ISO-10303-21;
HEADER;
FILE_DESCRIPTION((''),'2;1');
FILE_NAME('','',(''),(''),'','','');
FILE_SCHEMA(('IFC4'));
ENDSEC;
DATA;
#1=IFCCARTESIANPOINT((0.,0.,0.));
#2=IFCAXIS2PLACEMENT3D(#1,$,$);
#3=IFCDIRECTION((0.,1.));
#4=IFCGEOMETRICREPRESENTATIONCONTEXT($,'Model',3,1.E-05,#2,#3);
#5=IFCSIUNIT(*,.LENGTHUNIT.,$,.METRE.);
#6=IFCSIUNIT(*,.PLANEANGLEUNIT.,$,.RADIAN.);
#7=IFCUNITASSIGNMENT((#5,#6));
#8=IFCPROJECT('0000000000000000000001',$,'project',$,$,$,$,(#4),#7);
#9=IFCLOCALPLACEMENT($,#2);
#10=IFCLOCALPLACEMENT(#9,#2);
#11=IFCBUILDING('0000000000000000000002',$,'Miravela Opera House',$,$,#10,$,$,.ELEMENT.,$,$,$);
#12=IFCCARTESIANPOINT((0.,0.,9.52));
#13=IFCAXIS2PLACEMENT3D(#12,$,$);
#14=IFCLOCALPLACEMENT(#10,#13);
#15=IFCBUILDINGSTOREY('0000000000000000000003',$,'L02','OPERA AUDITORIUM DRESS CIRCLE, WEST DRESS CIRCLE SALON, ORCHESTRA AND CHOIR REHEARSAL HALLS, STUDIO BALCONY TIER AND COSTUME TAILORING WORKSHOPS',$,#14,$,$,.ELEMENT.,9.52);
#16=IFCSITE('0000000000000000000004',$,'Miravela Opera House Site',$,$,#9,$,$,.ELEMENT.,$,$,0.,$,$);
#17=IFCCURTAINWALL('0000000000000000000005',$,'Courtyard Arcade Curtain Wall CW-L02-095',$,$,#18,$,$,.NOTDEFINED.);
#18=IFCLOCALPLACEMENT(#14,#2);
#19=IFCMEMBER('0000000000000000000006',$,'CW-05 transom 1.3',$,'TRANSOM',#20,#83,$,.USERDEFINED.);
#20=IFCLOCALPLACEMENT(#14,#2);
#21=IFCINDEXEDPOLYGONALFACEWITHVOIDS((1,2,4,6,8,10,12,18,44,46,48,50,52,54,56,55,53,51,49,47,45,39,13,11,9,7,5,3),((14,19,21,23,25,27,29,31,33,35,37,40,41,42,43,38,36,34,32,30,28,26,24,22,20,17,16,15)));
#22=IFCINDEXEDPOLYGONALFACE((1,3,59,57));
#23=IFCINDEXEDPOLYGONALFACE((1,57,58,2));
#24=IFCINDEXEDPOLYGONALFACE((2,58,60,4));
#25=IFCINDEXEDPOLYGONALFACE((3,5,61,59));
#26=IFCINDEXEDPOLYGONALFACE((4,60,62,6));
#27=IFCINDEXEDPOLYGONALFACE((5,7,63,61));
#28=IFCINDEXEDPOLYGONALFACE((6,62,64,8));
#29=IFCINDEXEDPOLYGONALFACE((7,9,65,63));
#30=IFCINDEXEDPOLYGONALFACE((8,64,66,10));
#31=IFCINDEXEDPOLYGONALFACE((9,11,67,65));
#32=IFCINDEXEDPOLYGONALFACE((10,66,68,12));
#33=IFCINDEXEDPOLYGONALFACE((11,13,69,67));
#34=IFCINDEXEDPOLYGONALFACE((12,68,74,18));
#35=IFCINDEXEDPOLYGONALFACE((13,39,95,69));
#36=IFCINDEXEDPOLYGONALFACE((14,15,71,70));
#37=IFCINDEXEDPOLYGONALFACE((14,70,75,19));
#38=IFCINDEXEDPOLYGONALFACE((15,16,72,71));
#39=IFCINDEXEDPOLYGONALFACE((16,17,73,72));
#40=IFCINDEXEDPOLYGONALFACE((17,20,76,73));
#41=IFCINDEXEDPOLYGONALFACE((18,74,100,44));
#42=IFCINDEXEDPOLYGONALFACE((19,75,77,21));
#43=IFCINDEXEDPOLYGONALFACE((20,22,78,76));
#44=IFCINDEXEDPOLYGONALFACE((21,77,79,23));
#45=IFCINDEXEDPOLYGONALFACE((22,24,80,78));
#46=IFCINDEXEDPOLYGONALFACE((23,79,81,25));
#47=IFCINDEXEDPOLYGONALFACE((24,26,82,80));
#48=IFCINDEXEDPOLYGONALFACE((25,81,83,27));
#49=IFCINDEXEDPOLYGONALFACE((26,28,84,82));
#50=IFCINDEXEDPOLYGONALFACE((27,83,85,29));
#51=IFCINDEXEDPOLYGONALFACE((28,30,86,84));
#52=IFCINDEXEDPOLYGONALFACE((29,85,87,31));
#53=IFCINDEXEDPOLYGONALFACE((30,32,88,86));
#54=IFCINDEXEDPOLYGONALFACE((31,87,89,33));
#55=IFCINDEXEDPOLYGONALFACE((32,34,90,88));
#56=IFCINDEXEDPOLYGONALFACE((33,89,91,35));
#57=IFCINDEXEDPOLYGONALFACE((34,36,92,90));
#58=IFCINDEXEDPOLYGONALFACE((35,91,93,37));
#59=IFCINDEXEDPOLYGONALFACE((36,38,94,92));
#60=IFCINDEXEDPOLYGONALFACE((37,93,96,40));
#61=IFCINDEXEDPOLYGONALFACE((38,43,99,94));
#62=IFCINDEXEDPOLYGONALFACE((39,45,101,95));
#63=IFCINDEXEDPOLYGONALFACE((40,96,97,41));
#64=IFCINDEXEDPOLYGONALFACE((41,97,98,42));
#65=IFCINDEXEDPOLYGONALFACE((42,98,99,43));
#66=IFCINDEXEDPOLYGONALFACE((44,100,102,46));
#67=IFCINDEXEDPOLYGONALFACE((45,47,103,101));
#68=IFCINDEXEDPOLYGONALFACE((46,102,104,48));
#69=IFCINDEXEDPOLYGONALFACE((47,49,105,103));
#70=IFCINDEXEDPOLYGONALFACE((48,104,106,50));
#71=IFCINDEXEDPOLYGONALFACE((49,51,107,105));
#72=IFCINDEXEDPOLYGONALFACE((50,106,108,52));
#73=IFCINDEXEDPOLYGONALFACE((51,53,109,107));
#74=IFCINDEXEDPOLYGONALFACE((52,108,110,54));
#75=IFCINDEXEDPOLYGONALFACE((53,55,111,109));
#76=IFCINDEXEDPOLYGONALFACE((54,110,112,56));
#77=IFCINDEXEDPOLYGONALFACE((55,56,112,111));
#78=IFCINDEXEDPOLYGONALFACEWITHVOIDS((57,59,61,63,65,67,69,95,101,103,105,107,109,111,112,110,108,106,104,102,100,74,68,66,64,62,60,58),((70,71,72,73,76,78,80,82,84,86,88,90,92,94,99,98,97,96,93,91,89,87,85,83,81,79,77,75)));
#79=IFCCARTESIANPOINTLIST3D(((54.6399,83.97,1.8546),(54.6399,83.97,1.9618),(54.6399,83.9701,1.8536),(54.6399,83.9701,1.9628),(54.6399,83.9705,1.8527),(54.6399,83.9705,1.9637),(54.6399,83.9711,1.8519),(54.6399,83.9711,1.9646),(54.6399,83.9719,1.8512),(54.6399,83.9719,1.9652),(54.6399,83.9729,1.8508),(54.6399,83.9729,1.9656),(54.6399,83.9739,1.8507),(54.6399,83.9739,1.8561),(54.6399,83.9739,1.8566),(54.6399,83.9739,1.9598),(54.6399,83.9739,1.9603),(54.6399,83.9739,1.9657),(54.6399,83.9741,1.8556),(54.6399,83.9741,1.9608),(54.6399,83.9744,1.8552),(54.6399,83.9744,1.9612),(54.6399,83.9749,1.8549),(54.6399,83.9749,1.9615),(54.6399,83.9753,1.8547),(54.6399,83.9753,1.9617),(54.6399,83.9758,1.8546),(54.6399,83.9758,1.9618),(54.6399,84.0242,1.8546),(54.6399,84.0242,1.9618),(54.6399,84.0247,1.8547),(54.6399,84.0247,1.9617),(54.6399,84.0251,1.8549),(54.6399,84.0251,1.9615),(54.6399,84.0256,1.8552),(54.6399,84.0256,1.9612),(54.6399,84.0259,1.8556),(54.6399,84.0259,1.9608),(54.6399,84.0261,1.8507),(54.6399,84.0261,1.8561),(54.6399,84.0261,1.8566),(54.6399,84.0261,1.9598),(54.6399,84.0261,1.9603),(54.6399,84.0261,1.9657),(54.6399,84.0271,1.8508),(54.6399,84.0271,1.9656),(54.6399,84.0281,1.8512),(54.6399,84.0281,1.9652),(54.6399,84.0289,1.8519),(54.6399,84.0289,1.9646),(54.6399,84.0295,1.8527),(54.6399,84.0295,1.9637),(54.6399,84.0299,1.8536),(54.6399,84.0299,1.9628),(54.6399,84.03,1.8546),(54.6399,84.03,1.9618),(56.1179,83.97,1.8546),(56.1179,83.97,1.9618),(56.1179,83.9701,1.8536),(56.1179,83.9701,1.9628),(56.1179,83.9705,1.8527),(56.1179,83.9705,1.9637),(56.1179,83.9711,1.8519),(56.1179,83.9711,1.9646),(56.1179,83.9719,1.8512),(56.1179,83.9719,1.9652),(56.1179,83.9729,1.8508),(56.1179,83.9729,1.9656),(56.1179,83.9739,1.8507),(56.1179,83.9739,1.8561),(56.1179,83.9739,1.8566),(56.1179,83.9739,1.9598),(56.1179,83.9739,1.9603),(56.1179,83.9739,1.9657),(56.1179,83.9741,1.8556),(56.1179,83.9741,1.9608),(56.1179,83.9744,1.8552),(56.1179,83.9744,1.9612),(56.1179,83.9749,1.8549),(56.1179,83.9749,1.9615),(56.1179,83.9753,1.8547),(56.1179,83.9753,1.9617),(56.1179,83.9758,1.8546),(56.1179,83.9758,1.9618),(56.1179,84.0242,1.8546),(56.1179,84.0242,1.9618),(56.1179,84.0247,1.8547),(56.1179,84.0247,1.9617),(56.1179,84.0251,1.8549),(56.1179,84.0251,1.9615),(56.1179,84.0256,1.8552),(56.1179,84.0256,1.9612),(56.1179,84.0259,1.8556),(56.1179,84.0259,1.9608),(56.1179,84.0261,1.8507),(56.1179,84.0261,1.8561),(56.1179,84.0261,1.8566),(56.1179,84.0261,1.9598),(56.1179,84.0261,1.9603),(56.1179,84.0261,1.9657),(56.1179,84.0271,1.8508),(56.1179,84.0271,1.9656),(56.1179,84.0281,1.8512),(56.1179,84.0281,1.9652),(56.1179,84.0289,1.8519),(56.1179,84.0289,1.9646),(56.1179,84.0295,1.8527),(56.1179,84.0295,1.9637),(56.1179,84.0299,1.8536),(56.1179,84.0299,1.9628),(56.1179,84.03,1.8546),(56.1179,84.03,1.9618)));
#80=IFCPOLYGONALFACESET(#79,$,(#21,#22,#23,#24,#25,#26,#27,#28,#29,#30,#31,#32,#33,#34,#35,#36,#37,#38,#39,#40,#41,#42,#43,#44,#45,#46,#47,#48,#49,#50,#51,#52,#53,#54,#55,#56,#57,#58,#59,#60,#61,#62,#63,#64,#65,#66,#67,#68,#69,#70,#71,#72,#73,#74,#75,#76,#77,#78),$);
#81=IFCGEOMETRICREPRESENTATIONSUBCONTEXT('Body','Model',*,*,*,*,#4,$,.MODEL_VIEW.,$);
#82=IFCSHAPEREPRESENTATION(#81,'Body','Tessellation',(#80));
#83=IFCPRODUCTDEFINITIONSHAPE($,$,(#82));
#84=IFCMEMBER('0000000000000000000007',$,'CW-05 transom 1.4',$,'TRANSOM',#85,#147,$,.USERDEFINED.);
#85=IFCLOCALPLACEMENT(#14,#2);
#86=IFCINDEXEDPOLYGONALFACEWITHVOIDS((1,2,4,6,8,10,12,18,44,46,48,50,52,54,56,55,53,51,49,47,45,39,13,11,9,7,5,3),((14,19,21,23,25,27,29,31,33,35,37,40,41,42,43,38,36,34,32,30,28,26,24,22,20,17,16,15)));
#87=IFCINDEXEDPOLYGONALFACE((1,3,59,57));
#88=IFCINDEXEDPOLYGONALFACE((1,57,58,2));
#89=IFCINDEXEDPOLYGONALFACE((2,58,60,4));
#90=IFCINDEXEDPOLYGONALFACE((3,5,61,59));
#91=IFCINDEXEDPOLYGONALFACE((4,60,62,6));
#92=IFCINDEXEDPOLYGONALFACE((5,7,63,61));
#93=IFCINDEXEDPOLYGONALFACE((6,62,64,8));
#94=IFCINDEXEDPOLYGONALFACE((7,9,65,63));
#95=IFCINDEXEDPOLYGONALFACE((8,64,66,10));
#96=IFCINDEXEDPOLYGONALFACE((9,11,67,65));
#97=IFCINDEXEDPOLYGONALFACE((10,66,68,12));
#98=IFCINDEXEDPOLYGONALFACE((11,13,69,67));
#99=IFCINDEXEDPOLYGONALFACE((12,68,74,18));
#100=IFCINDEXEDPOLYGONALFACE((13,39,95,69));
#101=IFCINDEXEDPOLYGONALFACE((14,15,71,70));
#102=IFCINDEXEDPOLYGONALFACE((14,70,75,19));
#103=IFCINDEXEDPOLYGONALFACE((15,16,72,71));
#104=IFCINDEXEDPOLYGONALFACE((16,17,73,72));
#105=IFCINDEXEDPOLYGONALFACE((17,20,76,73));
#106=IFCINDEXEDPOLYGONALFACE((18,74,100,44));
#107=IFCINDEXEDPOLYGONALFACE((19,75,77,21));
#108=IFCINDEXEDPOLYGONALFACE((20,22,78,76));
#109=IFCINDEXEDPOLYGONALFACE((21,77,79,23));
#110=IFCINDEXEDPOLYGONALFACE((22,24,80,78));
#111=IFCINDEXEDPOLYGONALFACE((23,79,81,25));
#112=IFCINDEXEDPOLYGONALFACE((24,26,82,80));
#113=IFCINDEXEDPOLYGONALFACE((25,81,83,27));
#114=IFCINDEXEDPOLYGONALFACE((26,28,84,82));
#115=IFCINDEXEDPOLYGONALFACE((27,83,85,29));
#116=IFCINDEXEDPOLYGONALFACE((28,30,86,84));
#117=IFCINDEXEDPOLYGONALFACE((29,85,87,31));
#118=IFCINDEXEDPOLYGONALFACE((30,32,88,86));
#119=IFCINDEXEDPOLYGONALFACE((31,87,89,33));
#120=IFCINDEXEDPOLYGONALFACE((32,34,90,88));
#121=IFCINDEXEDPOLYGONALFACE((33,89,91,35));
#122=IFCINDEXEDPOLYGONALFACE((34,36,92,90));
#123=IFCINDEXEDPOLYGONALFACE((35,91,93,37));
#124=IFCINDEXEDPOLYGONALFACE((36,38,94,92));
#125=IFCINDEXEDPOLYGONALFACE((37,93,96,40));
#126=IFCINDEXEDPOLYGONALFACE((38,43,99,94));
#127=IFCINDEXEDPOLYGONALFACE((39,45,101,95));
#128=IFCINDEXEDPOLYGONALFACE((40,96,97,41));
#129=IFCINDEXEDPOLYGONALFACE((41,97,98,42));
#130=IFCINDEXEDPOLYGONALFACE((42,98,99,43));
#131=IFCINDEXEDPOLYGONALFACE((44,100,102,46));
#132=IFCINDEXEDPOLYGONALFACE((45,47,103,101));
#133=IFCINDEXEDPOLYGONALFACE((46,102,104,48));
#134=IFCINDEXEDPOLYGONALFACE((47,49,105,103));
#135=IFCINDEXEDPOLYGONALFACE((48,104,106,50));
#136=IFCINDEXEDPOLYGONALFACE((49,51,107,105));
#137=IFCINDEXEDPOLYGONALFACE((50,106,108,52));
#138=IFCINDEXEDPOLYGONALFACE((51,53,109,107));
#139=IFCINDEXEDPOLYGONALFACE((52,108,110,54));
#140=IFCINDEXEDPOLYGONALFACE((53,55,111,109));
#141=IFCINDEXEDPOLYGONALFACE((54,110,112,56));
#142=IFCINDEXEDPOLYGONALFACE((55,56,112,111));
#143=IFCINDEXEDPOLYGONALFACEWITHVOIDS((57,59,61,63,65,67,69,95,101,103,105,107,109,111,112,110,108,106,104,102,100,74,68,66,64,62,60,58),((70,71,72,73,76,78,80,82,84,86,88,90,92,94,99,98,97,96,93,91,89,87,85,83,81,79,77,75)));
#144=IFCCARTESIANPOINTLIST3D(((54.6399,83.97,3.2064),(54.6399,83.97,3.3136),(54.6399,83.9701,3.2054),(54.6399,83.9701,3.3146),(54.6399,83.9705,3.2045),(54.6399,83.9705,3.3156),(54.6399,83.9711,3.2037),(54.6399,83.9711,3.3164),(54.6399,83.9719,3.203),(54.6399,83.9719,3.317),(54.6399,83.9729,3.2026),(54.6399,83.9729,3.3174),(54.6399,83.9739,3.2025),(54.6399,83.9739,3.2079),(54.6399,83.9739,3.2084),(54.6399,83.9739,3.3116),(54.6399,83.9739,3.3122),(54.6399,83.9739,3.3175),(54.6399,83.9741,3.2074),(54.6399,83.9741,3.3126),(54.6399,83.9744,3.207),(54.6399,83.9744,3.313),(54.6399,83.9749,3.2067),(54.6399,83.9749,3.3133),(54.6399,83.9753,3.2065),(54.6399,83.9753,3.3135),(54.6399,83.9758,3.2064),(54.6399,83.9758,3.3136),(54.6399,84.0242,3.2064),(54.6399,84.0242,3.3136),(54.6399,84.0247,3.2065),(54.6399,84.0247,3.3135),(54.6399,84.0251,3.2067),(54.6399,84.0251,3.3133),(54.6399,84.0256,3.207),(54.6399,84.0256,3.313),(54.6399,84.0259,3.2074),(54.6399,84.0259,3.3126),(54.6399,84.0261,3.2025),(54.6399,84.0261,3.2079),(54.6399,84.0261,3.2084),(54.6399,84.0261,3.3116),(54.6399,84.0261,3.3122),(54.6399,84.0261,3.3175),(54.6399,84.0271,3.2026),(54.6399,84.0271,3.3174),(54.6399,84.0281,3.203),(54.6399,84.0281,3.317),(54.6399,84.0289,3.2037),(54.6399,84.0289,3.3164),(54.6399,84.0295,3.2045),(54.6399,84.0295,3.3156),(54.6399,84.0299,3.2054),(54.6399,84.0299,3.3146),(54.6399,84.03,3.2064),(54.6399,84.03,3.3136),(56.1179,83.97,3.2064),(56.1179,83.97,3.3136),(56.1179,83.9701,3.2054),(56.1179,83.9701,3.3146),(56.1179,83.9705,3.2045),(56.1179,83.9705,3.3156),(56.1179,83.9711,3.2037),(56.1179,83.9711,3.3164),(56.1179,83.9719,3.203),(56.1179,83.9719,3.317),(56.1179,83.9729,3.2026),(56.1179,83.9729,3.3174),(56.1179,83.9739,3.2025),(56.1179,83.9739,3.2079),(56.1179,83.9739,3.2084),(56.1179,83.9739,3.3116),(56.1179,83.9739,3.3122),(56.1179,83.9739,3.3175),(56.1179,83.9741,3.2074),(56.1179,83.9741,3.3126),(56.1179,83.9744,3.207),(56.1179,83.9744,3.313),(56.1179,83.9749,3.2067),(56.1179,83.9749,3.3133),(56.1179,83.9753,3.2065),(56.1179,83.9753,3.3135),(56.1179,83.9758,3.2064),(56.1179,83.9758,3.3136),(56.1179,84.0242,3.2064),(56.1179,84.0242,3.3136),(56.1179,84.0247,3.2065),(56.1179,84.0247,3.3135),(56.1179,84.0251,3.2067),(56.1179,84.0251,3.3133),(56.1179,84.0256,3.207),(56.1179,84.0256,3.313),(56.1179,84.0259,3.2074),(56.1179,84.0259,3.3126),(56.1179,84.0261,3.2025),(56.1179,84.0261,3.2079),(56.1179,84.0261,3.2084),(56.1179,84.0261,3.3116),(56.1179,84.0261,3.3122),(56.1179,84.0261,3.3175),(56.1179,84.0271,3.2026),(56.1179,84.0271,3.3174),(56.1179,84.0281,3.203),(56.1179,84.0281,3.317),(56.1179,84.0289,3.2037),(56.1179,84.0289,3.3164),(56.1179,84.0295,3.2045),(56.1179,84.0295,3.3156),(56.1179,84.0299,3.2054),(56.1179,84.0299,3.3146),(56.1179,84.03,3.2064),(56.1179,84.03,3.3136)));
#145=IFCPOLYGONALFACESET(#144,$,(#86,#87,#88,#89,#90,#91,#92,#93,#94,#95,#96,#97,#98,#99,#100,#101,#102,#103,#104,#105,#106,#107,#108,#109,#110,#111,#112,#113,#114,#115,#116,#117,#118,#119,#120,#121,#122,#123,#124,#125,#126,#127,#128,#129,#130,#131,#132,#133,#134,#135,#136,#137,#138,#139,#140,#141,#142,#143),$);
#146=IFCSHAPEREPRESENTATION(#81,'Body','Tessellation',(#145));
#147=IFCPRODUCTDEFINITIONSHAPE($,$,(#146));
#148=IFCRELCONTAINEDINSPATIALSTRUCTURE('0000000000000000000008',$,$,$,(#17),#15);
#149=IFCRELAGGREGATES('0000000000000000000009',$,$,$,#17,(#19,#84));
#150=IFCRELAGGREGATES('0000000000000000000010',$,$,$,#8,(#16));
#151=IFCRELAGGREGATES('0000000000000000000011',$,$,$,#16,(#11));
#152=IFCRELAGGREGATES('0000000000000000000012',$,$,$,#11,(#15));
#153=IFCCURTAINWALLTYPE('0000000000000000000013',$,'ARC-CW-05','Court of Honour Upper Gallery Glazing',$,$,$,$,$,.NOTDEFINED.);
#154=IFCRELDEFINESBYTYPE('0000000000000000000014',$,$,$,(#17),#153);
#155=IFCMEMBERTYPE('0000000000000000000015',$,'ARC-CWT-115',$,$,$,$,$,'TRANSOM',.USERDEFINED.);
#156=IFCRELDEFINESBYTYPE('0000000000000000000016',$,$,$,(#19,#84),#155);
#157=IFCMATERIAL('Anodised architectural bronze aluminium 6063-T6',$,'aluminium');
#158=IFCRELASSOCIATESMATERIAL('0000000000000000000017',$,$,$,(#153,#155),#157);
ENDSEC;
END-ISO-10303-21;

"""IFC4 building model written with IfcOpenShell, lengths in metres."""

from ifc_helpers import new_model, si_unit, direction, frame, origin, origin_2d, place, context, subcontext, project, spatial, hollow_rectangle, extrude, material, material_profile, profile_set, type_object, element, aggregate, save


model = new_model("IFC4")

# Units and contexts
model_context = context("Model", 3, precision=1e-05, world=origin(), true_north=direction((0.0, 1.0)))
body_context = subcontext(model_context, "Body", "Model", "MODEL_VIEW")
ifc_project = project(units=[si_unit("LENGTHUNIT", "METRE"), si_unit("PLANEANGLEUNIT", "RADIAN")], contexts=[model_context])

# Site, building, storey
site_placement = place(None, origin())
site = spatial("IfcSite", under=ifc_project, at=site_placement, Name="Miravela Opera House Site", CompositionType="ELEMENT", RefElevation=0.0)
building_placement = place(site_placement, origin())
building = spatial("IfcBuilding", under=site, at=building_placement, Name="Miravela Opera House", CompositionType="ELEMENT")
storey_placement = place(building_placement, frame((0.0, 0.0, 9.52)))
storey = spatial("IfcBuildingStorey", under=building, at=storey_placement, Name="L02", Description="OPERA AUDITORIUM DRESS CIRCLE, WEST DRESS CIRCLE SALON, ORCHESTRA AND CHOIR REHEARSAL HALLS, STUDIO BALCONY TIER AND COSTUME TAILORING WORKSHOPS", CompositionType="ELEMENT", Elevation=9.52)

# Shared definitions
ifc_material_1 = material(Name="Anodised architectural bronze aluminium 6063-T6", Category="aluminium")
curtain_wall_type = type_object("IfcCurtainWallType", Name="ARC-CW-05", Description="Court of Honour Upper Gallery Glazing", PredefinedType="NOTDEFINED", material=ifc_material_1)

# Curtain wall
curtain_wall_1_placement = place(storey_placement, origin())
curtain_wall_1 = element("IfcCurtainWall", 1, at=curtain_wall_1_placement, inside=storey, type_object=curtain_wall_type, Name="Courtyard Arcade Curtain Wall CW-L02-095", PredefinedType="NOTDEFINED")

# Members
ifc_material_profile_1 = material_profile(ifc_material_1, hollow_rectangle(XDim=0.0601, YDim=0.115, WallThickness=0.0039, InnerFilletRadius=0.002, OuterFilletRadius=0.0039, at=origin_2d()), Name="CWT-60X115")
ifc_profile_set_1 = profile_set([ifc_material_profile_1])
member_type_1 = type_object("IfcMemberType", Name="ARC-CWT-115", ElementType="TRANSOM", PredefinedType="USERDEFINED", material=ifc_profile_set_1)
member_1_placement = place(storey_placement, frame((54.6399, 84.0, 1.9082), z_axis=(1.0, 0.0, 0.0), x_axis=(0.0, 1.0, 0.0)))
member_1 = element("IfcMember", 2, at=member_1_placement, type_object=member_type_1, Name="CW-05 transom 1.3", ObjectType="TRANSOM", PredefinedType="USERDEFINED", context=body_context, shape_type="SweptSolid", body=[
    extrude(hollow_rectangle(XDim=0.0601, YDim=0.115, WallThickness=0.0039, InnerFilletRadius=0.002, OuterFilletRadius=0.0039, at=origin_2d()), origin(), (0.0, 0.0, 1.0), 1.478),
])
member_2_placement = place(storey_placement, frame((54.6399, 84.0, 3.26), z_axis=(1.0, 0.0, 0.0), x_axis=(0.0, 1.0, 0.0)))
member_2 = element("IfcMember", 3, at=member_2_placement, type_object=member_type_1, Name="CW-05 transom 1.4", ObjectType="TRANSOM", PredefinedType="USERDEFINED", context=body_context, shape_type="SweptSolid", body=[
    extrude(hollow_rectangle(XDim=0.0601, YDim=0.115, WallThickness=0.0039, InnerFilletRadius=0.002, OuterFilletRadius=0.0039, at=origin_2d()), origin(), (0.0, 0.0, 1.0), 1.478),
])

aggregate(curtain_wall_1, [member_1, member_2])

save(model, "model.ifc")
